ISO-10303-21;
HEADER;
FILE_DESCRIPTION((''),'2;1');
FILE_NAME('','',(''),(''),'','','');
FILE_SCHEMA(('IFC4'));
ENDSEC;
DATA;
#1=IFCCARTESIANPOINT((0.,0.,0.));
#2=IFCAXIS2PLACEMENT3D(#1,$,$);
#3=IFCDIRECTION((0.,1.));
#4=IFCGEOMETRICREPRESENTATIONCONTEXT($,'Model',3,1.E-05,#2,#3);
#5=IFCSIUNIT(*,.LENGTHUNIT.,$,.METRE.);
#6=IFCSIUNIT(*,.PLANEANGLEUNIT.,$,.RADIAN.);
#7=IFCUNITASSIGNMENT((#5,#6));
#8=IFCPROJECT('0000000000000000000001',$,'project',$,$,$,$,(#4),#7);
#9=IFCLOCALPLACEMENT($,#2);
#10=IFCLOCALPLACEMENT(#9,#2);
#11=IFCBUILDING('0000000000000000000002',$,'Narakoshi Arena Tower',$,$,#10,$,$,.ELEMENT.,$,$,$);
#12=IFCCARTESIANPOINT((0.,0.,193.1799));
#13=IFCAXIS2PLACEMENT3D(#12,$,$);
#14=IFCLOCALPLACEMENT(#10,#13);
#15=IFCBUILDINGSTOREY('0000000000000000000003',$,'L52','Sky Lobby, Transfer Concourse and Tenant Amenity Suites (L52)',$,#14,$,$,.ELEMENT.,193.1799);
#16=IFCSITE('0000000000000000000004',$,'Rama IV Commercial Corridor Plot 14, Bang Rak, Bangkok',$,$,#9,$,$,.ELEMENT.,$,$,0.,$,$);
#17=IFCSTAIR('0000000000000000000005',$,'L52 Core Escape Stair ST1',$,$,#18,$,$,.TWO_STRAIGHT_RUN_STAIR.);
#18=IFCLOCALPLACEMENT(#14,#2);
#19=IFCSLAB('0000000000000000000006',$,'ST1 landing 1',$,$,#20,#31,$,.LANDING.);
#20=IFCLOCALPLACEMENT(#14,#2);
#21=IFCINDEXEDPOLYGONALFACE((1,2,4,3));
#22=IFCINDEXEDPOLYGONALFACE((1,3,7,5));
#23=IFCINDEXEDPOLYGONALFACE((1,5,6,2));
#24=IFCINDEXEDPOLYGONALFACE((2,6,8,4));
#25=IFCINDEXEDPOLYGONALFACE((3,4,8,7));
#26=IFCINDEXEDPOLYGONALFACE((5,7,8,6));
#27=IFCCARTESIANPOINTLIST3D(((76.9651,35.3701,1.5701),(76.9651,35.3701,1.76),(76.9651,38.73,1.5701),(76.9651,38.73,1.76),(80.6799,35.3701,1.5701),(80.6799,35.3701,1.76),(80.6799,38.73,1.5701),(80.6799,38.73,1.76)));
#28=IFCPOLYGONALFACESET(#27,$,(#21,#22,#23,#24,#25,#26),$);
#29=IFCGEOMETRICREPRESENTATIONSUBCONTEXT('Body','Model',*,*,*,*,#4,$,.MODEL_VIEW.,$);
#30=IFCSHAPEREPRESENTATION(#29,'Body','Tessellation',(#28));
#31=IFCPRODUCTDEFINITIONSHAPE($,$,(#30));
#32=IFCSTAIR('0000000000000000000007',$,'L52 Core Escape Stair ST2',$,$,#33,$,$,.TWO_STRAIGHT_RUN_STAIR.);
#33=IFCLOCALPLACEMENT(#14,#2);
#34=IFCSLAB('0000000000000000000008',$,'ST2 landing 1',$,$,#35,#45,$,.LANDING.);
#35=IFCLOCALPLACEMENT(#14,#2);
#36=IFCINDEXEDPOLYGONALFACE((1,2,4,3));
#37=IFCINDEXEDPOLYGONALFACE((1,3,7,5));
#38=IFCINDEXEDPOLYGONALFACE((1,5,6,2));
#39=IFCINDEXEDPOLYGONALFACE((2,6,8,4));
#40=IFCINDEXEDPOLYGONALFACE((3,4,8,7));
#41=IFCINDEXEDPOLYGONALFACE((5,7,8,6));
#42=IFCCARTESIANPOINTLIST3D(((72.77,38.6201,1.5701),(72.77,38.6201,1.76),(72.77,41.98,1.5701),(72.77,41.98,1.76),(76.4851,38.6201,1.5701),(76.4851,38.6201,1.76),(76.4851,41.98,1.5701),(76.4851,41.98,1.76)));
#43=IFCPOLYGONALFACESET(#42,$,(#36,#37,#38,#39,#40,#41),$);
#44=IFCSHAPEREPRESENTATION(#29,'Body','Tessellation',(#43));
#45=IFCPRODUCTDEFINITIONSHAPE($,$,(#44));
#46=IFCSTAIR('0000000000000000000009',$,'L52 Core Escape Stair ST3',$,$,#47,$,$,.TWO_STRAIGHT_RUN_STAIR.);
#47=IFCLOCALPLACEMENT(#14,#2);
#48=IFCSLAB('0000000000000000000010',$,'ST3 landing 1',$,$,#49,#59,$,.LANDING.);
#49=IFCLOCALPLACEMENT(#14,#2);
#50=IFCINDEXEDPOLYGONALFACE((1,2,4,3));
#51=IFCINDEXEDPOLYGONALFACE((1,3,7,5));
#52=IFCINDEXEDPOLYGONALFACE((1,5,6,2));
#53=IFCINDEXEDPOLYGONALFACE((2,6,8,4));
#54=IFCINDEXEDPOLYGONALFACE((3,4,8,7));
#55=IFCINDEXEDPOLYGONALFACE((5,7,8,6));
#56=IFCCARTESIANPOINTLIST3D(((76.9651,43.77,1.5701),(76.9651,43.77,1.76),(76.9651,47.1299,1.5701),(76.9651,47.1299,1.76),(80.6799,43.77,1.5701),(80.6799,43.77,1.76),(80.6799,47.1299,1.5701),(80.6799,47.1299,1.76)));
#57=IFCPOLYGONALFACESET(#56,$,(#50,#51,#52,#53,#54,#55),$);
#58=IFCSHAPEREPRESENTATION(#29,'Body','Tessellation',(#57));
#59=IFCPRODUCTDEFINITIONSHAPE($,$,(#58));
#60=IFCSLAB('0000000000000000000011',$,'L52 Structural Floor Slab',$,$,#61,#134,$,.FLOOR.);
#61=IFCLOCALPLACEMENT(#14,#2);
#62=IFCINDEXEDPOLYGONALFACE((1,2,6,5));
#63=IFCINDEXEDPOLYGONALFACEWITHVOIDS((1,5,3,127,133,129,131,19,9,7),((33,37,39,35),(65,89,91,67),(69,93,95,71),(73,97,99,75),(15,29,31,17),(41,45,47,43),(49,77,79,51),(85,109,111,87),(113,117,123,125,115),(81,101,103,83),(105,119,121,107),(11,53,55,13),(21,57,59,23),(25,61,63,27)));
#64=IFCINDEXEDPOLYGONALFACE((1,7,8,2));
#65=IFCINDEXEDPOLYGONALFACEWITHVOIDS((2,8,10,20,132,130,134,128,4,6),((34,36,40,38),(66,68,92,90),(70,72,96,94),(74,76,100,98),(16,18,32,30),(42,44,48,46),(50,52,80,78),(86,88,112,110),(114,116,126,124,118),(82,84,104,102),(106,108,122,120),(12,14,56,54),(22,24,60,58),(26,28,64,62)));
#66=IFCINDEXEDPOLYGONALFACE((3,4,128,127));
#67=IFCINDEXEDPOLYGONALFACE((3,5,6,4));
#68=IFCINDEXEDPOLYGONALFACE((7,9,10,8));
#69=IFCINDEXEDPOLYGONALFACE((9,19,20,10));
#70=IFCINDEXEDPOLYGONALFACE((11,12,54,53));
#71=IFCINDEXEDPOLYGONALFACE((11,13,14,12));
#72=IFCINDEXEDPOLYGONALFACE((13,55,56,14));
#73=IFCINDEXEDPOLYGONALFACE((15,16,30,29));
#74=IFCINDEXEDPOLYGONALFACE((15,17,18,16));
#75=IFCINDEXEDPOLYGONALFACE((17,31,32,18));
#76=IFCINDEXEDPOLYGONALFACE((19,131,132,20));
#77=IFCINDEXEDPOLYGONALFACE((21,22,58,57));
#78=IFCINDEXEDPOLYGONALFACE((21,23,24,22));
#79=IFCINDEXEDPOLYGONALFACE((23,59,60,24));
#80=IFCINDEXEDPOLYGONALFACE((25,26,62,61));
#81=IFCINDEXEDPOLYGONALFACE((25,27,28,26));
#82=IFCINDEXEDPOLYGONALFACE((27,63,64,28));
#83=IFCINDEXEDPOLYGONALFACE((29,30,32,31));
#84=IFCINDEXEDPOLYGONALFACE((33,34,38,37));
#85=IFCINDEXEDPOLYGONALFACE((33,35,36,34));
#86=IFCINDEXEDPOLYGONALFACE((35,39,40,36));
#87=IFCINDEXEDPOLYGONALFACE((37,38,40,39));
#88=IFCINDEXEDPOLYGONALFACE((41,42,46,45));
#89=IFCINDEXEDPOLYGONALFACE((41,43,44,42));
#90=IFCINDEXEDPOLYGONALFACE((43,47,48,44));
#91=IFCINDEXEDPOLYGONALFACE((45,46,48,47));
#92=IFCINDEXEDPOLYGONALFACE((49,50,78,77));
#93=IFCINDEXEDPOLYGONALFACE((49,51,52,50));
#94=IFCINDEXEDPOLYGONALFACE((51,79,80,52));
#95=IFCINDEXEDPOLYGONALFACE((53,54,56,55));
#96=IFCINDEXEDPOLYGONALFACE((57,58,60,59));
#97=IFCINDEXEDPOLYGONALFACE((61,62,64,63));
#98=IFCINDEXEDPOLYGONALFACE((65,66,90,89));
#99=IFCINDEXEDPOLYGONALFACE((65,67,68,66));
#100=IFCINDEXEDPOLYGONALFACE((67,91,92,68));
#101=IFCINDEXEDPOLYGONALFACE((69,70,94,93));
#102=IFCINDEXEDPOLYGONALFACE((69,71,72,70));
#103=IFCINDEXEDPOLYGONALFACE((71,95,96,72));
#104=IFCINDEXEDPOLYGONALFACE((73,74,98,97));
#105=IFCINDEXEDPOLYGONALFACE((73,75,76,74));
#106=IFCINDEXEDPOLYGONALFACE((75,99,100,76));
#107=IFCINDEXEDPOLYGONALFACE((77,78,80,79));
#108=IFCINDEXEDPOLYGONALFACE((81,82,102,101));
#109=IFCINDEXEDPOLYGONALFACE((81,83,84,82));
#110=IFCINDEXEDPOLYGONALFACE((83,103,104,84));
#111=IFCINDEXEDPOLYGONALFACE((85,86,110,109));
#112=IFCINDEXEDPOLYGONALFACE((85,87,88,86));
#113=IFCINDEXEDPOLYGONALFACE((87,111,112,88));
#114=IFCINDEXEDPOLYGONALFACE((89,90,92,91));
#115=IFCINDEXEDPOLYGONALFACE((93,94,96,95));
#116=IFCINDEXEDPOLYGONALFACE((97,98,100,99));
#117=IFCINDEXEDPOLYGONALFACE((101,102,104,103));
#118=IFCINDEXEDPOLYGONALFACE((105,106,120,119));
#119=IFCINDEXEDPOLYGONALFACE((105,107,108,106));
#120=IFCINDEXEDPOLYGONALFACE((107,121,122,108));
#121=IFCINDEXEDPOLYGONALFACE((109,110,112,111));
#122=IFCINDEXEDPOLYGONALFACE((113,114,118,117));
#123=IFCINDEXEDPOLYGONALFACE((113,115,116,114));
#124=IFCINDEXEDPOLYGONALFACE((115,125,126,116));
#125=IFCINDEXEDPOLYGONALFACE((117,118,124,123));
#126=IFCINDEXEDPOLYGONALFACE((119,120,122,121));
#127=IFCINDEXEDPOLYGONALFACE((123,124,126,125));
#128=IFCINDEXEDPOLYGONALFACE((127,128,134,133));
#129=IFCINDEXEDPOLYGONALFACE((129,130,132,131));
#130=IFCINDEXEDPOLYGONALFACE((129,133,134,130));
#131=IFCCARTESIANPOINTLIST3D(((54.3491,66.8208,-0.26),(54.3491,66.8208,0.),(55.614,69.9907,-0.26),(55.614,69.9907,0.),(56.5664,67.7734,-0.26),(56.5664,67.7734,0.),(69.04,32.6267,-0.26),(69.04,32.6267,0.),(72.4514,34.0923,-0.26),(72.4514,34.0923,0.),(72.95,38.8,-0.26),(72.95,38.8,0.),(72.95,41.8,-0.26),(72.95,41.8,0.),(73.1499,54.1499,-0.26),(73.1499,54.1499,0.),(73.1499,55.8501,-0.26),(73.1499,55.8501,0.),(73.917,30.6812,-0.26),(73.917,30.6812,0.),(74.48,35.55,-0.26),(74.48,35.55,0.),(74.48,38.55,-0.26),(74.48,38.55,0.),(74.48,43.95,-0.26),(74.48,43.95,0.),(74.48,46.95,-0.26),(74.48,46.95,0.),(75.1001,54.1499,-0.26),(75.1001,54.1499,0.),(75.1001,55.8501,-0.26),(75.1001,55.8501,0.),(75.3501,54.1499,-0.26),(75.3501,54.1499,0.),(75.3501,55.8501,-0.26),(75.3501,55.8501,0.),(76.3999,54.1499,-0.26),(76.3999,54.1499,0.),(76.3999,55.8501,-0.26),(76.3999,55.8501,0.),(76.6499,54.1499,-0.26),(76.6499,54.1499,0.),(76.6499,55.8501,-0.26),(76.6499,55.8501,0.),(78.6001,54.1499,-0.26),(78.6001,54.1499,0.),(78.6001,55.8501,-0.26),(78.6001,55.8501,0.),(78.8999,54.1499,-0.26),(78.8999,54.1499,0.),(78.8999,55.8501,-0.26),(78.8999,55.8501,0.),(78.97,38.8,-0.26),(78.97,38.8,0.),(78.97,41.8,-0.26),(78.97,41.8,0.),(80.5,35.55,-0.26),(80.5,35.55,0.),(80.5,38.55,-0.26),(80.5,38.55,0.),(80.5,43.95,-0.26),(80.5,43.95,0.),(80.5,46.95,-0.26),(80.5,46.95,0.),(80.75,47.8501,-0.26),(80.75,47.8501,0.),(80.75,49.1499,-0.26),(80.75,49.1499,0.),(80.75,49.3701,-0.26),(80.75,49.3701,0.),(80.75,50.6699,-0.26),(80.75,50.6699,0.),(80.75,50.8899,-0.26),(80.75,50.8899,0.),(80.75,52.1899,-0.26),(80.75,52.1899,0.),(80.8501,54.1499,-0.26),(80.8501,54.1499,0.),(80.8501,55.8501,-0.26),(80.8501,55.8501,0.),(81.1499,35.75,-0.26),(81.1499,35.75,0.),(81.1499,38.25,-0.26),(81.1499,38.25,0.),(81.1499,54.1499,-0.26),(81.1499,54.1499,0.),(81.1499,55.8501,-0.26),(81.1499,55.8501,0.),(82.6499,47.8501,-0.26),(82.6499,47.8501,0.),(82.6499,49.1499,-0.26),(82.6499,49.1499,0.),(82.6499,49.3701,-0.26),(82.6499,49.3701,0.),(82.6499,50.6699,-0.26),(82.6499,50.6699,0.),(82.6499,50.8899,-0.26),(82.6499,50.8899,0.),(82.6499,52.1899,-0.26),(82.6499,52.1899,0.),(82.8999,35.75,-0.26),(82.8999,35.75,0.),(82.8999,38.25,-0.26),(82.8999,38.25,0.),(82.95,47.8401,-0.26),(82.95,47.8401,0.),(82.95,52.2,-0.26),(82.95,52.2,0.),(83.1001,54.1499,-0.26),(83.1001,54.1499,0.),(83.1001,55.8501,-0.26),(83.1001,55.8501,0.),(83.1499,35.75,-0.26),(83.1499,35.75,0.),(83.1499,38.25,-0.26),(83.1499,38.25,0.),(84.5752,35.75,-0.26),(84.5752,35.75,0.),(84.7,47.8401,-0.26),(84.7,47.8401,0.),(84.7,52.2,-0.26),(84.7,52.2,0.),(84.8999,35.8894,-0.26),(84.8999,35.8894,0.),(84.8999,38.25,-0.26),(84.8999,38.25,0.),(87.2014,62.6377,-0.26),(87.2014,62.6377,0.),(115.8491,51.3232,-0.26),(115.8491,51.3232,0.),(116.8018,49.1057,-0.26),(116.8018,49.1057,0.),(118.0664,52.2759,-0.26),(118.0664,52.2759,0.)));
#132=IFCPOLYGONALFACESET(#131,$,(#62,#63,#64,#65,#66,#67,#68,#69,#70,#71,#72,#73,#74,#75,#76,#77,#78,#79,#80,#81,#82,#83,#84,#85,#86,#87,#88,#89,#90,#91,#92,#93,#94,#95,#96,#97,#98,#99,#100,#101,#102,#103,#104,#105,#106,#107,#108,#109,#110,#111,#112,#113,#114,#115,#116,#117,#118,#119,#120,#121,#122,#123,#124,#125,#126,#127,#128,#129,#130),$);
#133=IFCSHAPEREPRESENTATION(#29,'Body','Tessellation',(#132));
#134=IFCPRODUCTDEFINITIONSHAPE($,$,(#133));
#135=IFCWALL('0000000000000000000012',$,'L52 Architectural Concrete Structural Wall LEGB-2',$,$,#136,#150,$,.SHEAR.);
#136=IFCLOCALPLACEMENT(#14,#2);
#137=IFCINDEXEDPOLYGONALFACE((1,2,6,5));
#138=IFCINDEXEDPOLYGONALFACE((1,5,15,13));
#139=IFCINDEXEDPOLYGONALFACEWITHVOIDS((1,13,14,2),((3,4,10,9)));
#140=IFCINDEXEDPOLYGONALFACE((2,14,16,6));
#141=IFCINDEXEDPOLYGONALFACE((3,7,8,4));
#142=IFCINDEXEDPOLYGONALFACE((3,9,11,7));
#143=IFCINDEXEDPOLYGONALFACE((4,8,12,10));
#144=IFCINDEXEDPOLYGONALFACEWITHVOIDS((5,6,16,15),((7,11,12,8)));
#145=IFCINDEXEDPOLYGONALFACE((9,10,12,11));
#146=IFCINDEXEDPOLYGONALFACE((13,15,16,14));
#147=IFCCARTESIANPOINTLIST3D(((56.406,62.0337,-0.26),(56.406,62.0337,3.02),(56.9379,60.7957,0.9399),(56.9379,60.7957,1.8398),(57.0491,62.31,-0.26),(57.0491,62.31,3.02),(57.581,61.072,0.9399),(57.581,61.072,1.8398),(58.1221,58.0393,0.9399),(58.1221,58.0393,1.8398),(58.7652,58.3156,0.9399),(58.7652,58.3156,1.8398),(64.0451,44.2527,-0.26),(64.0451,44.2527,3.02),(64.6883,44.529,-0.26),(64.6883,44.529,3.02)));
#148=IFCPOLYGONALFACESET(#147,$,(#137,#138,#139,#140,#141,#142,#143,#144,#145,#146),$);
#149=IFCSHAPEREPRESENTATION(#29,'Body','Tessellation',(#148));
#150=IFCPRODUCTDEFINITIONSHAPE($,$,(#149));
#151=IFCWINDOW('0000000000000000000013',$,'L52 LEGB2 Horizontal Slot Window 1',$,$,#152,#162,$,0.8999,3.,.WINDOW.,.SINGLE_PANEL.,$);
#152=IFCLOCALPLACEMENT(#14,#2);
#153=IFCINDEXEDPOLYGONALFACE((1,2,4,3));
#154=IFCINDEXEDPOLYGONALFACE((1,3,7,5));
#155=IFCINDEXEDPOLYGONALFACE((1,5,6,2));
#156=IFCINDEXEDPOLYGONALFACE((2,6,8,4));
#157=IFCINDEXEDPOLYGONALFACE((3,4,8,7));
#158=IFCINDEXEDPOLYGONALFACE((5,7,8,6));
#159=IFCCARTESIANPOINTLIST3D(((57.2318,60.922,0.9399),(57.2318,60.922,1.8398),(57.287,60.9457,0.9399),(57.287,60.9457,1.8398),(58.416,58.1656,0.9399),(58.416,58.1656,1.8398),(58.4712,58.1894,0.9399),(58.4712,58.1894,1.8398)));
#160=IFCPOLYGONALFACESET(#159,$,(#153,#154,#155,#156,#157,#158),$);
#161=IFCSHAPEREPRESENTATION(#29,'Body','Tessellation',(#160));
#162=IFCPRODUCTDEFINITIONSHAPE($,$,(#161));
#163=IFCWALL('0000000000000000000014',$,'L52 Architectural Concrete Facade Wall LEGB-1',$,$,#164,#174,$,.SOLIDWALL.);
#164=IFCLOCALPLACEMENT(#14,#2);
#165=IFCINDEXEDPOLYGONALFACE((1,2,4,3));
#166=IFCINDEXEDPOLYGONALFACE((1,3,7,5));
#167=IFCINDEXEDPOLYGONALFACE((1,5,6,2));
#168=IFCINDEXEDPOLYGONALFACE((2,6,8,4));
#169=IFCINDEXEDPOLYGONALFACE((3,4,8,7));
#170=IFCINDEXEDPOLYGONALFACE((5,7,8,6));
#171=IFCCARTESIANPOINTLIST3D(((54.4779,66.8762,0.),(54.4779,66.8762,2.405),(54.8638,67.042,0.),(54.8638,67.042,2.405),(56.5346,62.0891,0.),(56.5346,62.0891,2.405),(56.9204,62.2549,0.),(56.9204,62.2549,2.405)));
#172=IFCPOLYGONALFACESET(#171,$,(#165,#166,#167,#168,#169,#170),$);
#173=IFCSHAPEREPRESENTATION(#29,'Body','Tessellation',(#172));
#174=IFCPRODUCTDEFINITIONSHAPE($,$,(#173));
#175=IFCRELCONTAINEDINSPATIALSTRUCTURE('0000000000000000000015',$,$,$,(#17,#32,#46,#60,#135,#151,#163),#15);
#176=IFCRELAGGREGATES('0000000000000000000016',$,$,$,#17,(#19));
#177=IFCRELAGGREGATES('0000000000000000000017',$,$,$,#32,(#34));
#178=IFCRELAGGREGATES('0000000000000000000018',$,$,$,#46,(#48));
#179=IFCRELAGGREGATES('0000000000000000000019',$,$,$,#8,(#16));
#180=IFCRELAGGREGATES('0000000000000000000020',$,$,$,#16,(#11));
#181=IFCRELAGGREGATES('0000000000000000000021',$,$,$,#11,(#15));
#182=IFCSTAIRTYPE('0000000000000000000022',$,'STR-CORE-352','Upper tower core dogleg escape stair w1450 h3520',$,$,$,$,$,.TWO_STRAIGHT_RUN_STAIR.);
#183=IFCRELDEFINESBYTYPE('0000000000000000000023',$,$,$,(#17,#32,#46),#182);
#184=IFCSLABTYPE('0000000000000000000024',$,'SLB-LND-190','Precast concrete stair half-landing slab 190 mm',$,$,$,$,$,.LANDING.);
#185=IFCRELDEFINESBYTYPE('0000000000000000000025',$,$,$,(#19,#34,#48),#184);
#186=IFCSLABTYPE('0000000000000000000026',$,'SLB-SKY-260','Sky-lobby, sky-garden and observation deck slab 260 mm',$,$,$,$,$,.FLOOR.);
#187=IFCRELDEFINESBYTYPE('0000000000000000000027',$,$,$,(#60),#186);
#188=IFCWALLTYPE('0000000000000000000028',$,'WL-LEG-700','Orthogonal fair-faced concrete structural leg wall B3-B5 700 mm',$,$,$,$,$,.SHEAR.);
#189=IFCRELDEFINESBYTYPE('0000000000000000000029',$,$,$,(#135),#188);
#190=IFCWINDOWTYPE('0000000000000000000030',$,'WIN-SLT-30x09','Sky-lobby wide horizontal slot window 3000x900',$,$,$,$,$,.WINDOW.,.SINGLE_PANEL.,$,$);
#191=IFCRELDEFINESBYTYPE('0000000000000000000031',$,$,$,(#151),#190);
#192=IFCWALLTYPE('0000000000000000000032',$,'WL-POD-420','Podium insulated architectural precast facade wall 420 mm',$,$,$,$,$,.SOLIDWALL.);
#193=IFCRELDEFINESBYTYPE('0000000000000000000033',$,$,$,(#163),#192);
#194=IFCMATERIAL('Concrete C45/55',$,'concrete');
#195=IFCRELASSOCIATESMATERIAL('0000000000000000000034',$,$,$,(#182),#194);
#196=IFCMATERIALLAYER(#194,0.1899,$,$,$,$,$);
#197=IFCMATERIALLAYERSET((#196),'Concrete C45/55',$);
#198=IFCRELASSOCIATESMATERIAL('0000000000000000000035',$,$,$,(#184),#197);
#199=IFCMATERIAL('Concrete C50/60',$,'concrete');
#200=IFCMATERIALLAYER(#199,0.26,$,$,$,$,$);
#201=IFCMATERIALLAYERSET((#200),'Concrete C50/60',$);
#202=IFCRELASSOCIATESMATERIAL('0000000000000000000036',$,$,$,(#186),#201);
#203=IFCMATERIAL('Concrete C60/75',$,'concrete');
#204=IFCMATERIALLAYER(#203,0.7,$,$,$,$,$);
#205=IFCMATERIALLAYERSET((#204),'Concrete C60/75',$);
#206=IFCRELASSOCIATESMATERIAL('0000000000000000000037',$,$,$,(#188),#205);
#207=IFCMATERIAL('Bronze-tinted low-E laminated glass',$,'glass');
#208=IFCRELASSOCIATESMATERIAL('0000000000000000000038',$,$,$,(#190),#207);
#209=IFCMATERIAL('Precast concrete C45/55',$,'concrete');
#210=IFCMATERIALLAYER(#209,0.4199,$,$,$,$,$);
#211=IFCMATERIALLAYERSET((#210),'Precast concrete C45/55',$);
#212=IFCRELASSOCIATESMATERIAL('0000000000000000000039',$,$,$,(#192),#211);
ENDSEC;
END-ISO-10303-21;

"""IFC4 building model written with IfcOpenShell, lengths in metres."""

from ifc_helpers import new_model, si_unit, direction, frame, frame_2d, origin, place, context, subcontext, project, spatial, polyline, rectangle, outline, extrude, material, layer, layer_set, type_object, element, fill, aggregate, save


model = new_model("IFC4")

# Units and contexts
model_context = context("Model", 3, precision=1e-05, world=origin(), true_north=direction((0.0, 1.0)))
body_context = subcontext(model_context, "Body", "Model", "MODEL_VIEW")
ifc_project = project(units=[si_unit("LENGTHUNIT", "METRE"), si_unit("PLANEANGLEUNIT", "RADIAN")], contexts=[model_context])

# Site, building, storey
site_placement = place(None, origin())
site = spatial("IfcSite", under=ifc_project, at=site_placement, Name="Rama IV Commercial Corridor Plot 14, Bang Rak, Bangkok", CompositionType="ELEMENT", RefElevation=0.0)
building_placement = place(site_placement, origin())
building = spatial("IfcBuilding", under=site, at=building_placement, Name="Narakoshi Arena Tower", CompositionType="ELEMENT")
storey_placement = place(building_placement, frame((0.0, 0.0, 193.1799)))
storey = spatial("IfcBuildingStorey", under=building, at=storey_placement, Name="L52", Description="Sky Lobby, Transfer Concourse and Tenant Amenity Suites (L52)", CompositionType="ELEMENT", Elevation=193.1799)

# Shared definitions
ifc_material_1 = material(Name="Bronze-tinted low-E laminated glass", Category="glass")

# Stairs, slabs
ifc_material_2 = material(Name="Concrete C45/55", Category="concrete")
stair_type = type_object("IfcStairType", Name="STR-CORE-352", Description="Upper tower core dogleg escape stair w1450 h3520", PredefinedType="TWO_STRAIGHT_RUN_STAIR", material=ifc_material_2)
stair_1_placement = place(storey_placement, origin())
stair_1 = element("IfcStair", 1, at=stair_1_placement, inside=storey, type_object=stair_type, Name="L52 Core Escape Stair ST1", PredefinedType="TWO_STRAIGHT_RUN_STAIR")
ifc_layer_1 = layer(ifc_material_2, 0.1899)
ifc_layer_set_1 = layer_set([ifc_layer_1], Name="Concrete C45/55")
slab_type_1 = type_object("IfcSlabType", Name="SLB-LND-190", Description="Precast concrete stair half-landing slab 190 mm", PredefinedType="LANDING", material=ifc_layer_set_1)
slab_1_placement = place(storey_placement, frame((0.0, 0.0, 1.5701)))
slab_1 = element("IfcSlab", 2, at=slab_1_placement, type_object=slab_type_1, Name="ST1 landing 1", PredefinedType="LANDING", context=body_context, shape_type="SweptSolid", body=[
    extrude(outline(polyline([(76.9651, 35.3701), (80.6799, 35.3701), (80.6799, 38.73), (76.9651, 38.73), (76.9651, 35.3701)])), origin(), (0.0, 0.0, 1.0), 0.1899),
])
aggregate(stair_1, [slab_1])
stair_2_placement = place(storey_placement, origin())
stair_2 = element("IfcStair", 3, at=stair_2_placement, inside=storey, type_object=stair_type, Name="L52 Core Escape Stair ST2", PredefinedType="TWO_STRAIGHT_RUN_STAIR")
slab_2_placement = place(storey_placement, frame((0.0, 0.0, 1.5701)))
slab_2 = element("IfcSlab", 4, at=slab_2_placement, type_object=slab_type_1, Name="ST2 landing 1", PredefinedType="LANDING", context=body_context, shape_type="SweptSolid", body=[
    extrude(outline(polyline([(72.77, 38.6201), (76.4851, 38.6201), (76.4851, 41.98), (72.77, 41.98), (72.77, 38.6201)])), origin(), (0.0, 0.0, 1.0), 0.1899),
])
aggregate(stair_2, [slab_2])
stair_3_placement = place(storey_placement, origin())
stair_3 = element("IfcStair", 5, at=stair_3_placement, inside=storey, type_object=stair_type, Name="L52 Core Escape Stair ST3", PredefinedType="TWO_STRAIGHT_RUN_STAIR")
slab_3_placement = place(storey_placement, frame((0.0, 0.0, 1.5701)))
slab_3 = element("IfcSlab", 6, at=slab_3_placement, type_object=slab_type_1, Name="ST3 landing 1", PredefinedType="LANDING", context=body_context, shape_type="SweptSolid", body=[
    extrude(outline(polyline([(76.9651, 43.77), (80.6799, 43.77), (80.6799, 47.1299), (76.9651, 47.1299), (76.9651, 43.77)])), origin(), (0.0, 0.0, 1.0), 0.1899),
])
aggregate(stair_3, [slab_3])

# Slab
ifc_material_3 = material(Name="Concrete C50/60", Category="concrete")
ifc_layer_2 = layer(ifc_material_3, 0.26)
ifc_layer_set_2 = layer_set([ifc_layer_2], Name="Concrete C50/60")
slab_type_2 = type_object("IfcSlabType", Name="SLB-SKY-260", Description="Sky-lobby, sky-garden and observation deck slab 260 mm", PredefinedType="FLOOR", material=ifc_layer_set_2)
slab_4_placement = place(storey_placement, frame((0.0, 0.0, -0.26)))
element("IfcSlab", 7, at=slab_4_placement, inside=storey, type_object=slab_type_2, Name="L52 Structural Floor Slab", PredefinedType="FLOOR", context=body_context, shape_type="SweptSolid", body=[
    extrude(outline(polyline([(73.917, 30.6812), (116.8018, 49.1057), (115.8491, 51.3232), (118.0664, 52.2759), (87.2014, 62.6377), (55.614, 69.9907), (56.5664, 67.7734), (54.3491, 66.8208), (69.04, 32.6267), (72.4514, 34.0923), (73.917, 30.6812)]), holes=[polyline([(80.5, 35.55), (74.48, 35.55), (74.48, 38.55), (80.5, 38.55), (80.5, 35.55)]), polyline([(82.8999, 35.75), (81.1499, 35.75), (81.1499, 38.25), (82.8999, 38.25), (82.8999, 35.75)]), polyline([(84.5752, 35.75), (83.1499, 35.75), (83.1499, 38.25), (84.8999, 38.25), (84.8999, 35.8894), (84.5752, 35.75)]), polyline([(72.95, 38.8), (72.95, 41.8), (78.97, 41.8), (78.97, 38.8), (72.95, 38.8)]), polyline([(74.48, 43.95), (74.48, 46.95), (80.5, 46.95), (80.5, 43.95), (74.48, 43.95)]), polyline([(82.95, 47.8401), (82.95, 52.2), (84.7, 52.2), (84.7, 47.8401), (82.95, 47.8401)]), polyline([(80.75, 47.8501), (80.75, 49.1499), (82.6499, 49.1499), (82.6499, 47.8501), (80.75, 47.8501)]), polyline([(80.75, 49.3701), (80.75, 50.6699), (82.6499, 50.6699), (82.6499, 49.3701), (80.75, 49.3701)]), polyline([(80.75, 50.8899), (80.75, 52.1899), (82.6499, 52.1899), (82.6499, 50.8899), (80.75, 50.8899)]), polyline([(73.1499, 54.1499), (73.1499, 55.8501), (75.1001, 55.8501), (75.1001, 54.1499), (73.1499, 54.1499)]), polyline([(75.3501, 54.1499), (75.3501, 55.8501), (76.3999, 55.8501), (76.3999, 54.1499), (75.3501, 54.1499)]), polyline([(76.6499, 54.1499), (76.6499, 55.8501), (78.6001, 55.8501), (78.6001, 54.1499), (76.6499, 54.1499)]), polyline([(78.8999, 54.1499), (78.8999, 55.8501), (80.8501, 55.8501), (80.8501, 54.1499), (78.8999, 54.1499)]), polyline([(81.1499, 54.1499), (81.1499, 55.8501), (83.1001, 55.8501), (83.1001, 54.1499), (81.1499, 54.1499)])]), origin(), (0.0, 0.0, 1.0), 0.26),
])

# Wall, opening, window
ifc_material_4 = material(Name="Concrete C60/75", Category="concrete")
ifc_layer_3 = layer(ifc_material_4, 0.7)
ifc_layer_set_3 = layer_set([ifc_layer_3], Name="Concrete C60/75")
wall_type_1 = type_object("IfcWallType", Name="WL-LEG-700", Description="Orthogonal fair-faced concrete structural leg wall B3-B5 700 mm", PredefinedType="SHEAR", material=ifc_layer_set_3)
wall_1_placement = place(storey_placement, frame((56.7275, 62.1719, -0.26), z_axis=(0.0, 0.0, 1.0), x_axis=(0.394737, -0.918794, 0.0)))
wall_1 = element("IfcWall", 8, at=wall_1_placement, inside=storey, type_object=wall_type_1, Name="L52 Architectural Concrete Structural Wall LEGB-2", PredefinedType="SHEAR", context=body_context, shape_type="SweptSolid", body=[
    extrude(rectangle(XDim=19.3525, YDim=0.7, at=frame_2d((9.6763, 0.0))), origin(), (0.0, 0.0, 1.0), 3.28),
])
opening_1_placement = place(wall_1_placement, frame((1.3474, 0.0, 1.2)))
opening_1 = element("IfcOpeningElement", 9, at=opening_1_placement, cuts=wall_1, PredefinedType="OPENING", context=body_context, shape_type="SweptSolid", body=[
    extrude(rectangle(XDim=3.0, YDim=0.8999, at=frame_2d((1.5, 0.45))), frame((0.0, 0.3599, 0.0), z_axis=(0.0, -1.0, 0.0), x_axis=(1.0, 0.0, 0.0)), (0.0, 0.0, 1.0), 0.72),
])
window_type = type_object("IfcWindowType", Name="WIN-SLT-30x09", Description="Sky-lobby wide horizontal slot window 3000x900", PartitioningType="SINGLE_PANEL", PredefinedType="WINDOW", material=ifc_material_1)
window_1_placement = place(opening_1_placement, origin())
window_1 = element("IfcWindow", 10, at=window_1_placement, inside=storey, type_object=window_type, Name="L52 LEGB2 Horizontal Slot Window 1", OverallHeight=0.8999, OverallWidth=3.0, PartitioningType="SINGLE_PANEL", PredefinedType="WINDOW", context=body_context, shape_type="SweptSolid", body=[
    extrude(rectangle(XDim=3.0, YDim=0.8999, at=frame_2d((1.5, 0.45))), frame((0.0, 0.03, 0.0), z_axis=(0.0, -1.0, 0.0), x_axis=(1.0, 0.0, 0.0)), (0.0, 0.0, 1.0), 0.0601),
])
fill(opening_1, window_1)

# Wall
ifc_material_5 = material(Name="Precast concrete C45/55", Category="concrete")
ifc_layer_4 = layer(ifc_material_5, 0.4199)
ifc_layer_set_4 = layer_set([ifc_layer_4], Name="Precast concrete C45/55")
wall_type_2 = type_object("IfcWallType", Name="WL-POD-420", Description="Podium insulated architectural precast facade wall 420 mm", PredefinedType="SOLIDWALL", material=ifc_layer_set_4)
wall_2_placement = place(storey_placement, frame((54.6709, 66.959, 0.0), z_axis=(0.0, 0.0, 1.0), x_axis=(0.394734, -0.918796, 0.0)))
element("IfcWall", 11, at=wall_2_placement, inside=storey, type_object=wall_type_2, Name="L52 Architectural Concrete Facade Wall LEGB-1", PredefinedType="SOLIDWALL", context=body_context, shape_type="SweptSolid", body=[
    extrude(rectangle(XDim=5.2102, YDim=0.4199, at=frame_2d((2.605, 0.0))), origin(), (0.0, 0.0, 1.0), 2.405),
])

save(model, "model.ifc")
